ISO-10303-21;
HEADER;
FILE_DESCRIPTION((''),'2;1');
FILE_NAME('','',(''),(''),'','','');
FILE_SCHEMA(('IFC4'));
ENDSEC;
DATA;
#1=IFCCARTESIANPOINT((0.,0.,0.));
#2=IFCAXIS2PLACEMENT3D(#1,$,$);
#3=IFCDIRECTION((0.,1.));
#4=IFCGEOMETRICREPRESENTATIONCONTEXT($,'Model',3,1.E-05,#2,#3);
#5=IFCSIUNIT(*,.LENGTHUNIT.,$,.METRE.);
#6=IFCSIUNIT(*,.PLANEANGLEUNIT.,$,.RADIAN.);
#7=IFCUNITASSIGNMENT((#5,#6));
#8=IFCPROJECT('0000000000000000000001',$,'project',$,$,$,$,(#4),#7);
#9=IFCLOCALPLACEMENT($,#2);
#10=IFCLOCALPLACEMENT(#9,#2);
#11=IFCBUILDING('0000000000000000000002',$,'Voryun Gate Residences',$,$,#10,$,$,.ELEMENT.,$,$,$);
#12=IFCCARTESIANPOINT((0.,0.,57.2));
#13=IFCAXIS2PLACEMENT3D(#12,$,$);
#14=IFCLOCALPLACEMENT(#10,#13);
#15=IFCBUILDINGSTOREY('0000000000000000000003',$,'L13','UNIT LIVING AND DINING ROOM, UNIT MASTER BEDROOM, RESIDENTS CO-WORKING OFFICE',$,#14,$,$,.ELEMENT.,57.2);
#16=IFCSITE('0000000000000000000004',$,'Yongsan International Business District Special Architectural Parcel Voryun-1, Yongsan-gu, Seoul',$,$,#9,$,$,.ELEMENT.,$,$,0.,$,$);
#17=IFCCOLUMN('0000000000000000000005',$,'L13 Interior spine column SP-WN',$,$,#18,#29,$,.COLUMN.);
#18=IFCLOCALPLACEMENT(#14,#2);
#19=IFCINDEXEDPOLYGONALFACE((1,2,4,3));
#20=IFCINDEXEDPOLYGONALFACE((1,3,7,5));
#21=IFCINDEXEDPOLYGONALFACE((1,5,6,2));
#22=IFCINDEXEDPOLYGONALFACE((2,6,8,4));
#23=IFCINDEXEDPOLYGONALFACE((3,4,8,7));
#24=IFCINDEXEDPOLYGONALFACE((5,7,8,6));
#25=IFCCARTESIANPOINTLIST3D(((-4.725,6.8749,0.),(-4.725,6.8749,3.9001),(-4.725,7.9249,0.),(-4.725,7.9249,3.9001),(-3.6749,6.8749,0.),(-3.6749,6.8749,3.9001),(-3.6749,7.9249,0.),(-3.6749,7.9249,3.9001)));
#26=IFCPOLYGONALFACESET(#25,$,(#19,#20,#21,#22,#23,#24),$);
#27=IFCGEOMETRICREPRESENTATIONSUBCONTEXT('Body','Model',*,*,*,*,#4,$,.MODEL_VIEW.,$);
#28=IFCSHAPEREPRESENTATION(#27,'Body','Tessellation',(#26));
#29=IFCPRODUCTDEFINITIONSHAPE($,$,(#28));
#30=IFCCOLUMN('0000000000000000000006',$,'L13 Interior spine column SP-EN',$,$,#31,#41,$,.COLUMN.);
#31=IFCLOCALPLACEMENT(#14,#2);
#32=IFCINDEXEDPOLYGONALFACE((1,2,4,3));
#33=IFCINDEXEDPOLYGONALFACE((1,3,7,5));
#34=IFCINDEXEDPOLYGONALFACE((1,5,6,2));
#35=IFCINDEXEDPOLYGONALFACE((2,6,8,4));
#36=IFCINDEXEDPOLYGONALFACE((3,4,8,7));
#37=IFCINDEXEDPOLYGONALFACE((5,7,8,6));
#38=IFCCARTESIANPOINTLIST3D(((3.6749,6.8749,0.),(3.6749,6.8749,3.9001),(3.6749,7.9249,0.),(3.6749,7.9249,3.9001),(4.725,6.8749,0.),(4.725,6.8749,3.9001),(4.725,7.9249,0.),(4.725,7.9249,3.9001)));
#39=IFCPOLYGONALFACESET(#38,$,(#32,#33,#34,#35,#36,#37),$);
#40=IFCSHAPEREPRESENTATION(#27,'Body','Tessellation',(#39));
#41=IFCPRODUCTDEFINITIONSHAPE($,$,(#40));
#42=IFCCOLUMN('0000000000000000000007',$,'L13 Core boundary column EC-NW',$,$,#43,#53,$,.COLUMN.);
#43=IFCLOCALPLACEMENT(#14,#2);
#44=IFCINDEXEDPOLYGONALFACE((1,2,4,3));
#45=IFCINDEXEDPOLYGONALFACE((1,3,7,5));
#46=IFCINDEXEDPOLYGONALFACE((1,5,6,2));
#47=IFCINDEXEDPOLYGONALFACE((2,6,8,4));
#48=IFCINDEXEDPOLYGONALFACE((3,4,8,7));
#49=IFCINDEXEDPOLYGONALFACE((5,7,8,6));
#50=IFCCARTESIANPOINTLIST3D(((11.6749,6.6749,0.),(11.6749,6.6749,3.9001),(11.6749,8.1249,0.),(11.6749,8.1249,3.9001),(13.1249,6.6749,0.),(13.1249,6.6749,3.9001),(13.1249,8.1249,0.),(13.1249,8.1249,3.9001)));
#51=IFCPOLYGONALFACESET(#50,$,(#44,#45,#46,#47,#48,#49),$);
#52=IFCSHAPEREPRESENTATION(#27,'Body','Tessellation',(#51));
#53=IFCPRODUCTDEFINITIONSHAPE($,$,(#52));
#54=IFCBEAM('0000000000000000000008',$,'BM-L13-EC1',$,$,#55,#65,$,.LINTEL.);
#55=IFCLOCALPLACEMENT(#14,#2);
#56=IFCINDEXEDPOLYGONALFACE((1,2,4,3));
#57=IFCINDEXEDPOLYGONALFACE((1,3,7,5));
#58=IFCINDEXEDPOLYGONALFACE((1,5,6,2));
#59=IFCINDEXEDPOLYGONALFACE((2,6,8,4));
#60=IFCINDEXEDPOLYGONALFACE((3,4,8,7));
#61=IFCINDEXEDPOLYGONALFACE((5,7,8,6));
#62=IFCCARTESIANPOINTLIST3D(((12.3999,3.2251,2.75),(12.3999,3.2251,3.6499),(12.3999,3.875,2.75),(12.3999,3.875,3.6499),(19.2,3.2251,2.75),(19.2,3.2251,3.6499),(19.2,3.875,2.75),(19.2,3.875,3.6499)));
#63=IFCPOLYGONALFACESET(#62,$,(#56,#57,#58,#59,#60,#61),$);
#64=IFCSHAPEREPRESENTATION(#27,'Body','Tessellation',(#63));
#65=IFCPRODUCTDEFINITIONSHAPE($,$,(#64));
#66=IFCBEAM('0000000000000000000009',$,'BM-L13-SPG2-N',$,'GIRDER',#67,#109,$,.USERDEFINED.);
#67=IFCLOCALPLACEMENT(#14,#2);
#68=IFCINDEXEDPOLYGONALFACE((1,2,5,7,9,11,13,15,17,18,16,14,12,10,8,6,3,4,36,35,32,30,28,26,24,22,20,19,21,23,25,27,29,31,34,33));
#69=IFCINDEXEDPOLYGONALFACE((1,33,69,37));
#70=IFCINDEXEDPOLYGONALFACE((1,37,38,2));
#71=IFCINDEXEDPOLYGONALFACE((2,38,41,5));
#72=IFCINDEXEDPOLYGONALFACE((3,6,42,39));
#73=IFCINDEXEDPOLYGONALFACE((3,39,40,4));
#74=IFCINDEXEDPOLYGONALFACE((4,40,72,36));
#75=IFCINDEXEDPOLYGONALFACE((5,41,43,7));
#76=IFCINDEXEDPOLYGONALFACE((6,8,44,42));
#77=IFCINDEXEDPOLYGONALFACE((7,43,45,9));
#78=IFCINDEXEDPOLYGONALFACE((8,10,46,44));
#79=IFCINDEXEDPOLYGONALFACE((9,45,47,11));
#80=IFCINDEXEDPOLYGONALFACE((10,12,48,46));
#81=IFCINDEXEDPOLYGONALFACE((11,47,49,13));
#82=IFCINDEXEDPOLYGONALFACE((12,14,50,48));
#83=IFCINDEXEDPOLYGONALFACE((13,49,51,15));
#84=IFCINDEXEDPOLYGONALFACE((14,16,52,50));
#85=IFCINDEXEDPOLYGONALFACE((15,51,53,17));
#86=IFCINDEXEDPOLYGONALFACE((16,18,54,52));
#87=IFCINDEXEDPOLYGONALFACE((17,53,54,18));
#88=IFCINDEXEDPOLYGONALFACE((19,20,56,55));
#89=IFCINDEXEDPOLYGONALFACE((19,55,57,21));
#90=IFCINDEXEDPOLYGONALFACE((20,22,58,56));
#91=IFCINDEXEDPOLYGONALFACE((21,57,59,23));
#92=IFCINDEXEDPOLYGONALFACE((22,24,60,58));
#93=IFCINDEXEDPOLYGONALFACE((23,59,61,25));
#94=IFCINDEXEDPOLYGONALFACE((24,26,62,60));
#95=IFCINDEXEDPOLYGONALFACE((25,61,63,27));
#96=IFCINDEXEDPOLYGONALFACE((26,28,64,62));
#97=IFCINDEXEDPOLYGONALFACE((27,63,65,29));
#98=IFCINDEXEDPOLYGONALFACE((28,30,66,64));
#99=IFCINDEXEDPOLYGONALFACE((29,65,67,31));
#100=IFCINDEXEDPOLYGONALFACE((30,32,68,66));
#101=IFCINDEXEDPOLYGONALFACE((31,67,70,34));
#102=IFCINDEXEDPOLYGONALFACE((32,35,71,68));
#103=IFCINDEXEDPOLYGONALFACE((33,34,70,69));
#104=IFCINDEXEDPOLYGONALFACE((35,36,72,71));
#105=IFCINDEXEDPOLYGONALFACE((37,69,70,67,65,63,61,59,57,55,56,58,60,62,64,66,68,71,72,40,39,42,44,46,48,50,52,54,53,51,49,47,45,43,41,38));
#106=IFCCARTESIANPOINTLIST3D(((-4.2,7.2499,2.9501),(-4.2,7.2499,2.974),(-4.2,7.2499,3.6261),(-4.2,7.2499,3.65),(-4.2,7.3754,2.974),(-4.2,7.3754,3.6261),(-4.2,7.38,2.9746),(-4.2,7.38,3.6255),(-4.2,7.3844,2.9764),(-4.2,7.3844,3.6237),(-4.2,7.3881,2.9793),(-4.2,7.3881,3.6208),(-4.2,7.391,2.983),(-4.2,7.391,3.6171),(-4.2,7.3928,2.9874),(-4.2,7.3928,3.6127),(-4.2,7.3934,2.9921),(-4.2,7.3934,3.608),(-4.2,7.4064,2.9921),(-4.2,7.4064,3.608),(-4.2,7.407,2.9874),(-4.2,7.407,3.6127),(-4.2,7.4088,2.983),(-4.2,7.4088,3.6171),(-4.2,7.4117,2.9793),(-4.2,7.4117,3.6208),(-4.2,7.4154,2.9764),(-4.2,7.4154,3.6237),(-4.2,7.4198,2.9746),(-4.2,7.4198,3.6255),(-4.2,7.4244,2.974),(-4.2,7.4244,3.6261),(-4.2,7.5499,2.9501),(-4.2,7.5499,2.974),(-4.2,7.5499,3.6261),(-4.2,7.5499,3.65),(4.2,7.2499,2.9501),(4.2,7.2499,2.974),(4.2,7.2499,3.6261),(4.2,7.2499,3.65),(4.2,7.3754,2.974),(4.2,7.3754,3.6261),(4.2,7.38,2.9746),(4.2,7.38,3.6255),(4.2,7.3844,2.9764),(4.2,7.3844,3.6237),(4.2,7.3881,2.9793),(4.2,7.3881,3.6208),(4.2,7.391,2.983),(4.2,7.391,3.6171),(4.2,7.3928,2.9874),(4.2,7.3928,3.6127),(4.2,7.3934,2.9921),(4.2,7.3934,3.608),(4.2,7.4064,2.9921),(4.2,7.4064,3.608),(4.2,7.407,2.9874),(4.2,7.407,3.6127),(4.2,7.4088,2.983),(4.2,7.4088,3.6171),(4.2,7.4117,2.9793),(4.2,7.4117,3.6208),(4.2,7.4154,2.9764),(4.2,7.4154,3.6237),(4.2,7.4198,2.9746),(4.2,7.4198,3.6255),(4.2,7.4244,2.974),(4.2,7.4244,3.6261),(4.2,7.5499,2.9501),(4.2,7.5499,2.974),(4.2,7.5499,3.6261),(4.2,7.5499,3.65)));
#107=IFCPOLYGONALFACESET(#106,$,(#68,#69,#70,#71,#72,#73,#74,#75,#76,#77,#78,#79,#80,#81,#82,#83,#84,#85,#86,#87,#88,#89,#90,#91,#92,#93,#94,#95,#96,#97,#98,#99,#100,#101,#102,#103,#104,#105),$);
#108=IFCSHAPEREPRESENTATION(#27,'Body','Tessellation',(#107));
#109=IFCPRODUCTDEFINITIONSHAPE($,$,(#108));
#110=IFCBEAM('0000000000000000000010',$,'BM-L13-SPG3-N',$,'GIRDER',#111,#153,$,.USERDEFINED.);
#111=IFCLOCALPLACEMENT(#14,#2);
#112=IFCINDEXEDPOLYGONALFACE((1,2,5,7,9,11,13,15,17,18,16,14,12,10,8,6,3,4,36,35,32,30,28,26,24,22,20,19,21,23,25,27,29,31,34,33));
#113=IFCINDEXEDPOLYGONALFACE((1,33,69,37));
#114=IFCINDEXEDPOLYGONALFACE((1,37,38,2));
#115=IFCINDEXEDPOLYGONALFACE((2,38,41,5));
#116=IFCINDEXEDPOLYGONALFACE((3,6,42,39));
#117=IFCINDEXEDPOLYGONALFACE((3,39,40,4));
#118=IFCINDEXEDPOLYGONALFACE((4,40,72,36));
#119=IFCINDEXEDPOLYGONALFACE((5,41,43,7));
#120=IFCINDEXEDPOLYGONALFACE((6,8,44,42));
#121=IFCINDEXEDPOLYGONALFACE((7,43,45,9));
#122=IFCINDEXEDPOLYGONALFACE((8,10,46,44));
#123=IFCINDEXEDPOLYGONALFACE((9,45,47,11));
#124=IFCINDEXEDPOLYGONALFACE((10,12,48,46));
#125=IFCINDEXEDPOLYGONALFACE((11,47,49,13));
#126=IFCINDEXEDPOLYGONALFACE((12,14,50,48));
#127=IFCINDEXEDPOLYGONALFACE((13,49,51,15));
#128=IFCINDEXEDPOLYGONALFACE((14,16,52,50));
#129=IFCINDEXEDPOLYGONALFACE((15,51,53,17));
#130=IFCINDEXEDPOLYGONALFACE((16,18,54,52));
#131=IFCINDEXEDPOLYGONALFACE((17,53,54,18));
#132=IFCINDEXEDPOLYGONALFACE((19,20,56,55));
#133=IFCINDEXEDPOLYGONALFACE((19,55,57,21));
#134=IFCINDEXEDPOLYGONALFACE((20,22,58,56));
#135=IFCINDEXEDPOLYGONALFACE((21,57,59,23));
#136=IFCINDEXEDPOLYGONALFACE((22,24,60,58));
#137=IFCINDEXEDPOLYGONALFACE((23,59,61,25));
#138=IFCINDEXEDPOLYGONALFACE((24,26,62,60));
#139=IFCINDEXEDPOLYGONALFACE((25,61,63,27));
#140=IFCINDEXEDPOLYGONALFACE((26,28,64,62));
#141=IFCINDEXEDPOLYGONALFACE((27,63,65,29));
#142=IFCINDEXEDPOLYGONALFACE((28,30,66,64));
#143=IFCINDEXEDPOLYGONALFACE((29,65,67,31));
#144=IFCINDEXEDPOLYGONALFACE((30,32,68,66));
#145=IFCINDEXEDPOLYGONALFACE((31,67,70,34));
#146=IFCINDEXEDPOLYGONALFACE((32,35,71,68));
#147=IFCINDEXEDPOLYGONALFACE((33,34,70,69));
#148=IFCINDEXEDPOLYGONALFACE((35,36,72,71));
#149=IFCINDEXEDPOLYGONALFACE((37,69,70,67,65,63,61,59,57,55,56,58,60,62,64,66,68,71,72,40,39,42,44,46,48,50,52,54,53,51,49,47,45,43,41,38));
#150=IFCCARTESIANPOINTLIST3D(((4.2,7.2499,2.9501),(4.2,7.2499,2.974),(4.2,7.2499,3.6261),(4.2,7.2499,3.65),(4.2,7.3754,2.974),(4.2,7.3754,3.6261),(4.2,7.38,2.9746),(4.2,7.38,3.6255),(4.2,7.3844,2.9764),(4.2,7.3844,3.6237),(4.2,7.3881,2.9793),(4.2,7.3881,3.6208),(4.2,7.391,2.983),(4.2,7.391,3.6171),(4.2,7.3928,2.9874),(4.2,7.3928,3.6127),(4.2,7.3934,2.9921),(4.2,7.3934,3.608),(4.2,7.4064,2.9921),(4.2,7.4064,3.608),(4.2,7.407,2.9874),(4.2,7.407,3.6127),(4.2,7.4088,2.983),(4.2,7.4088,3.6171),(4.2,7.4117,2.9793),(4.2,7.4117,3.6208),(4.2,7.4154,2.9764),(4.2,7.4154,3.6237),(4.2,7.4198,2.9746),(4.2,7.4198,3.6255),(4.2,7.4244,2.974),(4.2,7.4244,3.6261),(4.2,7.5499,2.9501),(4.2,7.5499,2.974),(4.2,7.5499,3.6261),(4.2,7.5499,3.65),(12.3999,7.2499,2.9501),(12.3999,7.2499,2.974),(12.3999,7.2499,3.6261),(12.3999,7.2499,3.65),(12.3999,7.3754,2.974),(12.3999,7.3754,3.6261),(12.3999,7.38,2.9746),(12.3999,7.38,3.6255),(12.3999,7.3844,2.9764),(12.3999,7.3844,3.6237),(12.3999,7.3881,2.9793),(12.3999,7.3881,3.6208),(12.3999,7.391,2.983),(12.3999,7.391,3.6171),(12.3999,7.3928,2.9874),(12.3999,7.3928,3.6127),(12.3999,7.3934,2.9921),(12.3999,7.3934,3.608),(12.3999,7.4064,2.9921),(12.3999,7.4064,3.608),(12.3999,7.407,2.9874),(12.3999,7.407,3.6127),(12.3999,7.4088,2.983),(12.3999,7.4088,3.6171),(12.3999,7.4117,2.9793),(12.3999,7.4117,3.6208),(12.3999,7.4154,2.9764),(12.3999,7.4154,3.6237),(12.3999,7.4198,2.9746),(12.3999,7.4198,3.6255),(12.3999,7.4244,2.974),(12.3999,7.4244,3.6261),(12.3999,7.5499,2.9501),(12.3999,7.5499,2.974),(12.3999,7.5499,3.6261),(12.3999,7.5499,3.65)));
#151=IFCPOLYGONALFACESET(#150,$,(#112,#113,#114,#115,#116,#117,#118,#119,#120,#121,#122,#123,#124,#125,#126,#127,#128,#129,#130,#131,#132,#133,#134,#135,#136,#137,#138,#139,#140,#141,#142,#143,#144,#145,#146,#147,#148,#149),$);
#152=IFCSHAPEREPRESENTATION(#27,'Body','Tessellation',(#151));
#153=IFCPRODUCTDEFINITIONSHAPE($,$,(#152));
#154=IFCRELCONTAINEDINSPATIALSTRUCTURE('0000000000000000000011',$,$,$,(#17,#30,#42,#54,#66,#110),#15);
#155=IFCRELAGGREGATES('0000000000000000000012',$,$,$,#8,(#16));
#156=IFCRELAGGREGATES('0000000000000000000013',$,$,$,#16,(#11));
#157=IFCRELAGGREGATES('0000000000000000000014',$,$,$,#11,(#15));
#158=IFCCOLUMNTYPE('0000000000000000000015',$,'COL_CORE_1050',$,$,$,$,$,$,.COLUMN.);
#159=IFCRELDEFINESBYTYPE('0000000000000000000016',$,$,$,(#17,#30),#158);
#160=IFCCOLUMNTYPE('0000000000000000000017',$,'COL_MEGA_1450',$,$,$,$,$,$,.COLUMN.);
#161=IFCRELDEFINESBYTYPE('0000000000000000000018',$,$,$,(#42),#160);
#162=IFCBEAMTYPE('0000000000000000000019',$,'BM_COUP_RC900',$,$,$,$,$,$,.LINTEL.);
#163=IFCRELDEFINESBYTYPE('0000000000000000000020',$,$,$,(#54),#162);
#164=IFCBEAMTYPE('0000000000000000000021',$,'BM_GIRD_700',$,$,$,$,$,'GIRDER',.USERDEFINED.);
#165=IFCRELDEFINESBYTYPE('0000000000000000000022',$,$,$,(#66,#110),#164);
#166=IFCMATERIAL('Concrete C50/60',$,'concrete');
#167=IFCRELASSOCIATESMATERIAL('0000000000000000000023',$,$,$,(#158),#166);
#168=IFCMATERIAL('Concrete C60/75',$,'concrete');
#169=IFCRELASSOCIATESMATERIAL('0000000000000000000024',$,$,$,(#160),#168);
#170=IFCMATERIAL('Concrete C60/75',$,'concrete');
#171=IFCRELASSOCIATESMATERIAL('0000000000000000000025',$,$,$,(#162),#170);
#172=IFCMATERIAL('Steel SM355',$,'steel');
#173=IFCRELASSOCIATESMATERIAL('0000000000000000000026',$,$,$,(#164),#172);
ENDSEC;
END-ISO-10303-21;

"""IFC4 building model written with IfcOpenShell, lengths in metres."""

from ifc_helpers import new_model, si_unit, direction, frame, origin, origin_2d, place, context, subcontext, project, spatial, rectangle, i_section, extrude, material, material_profile, profile_set, type_object, element, save


model = new_model("IFC4")

# Units and contexts
model_context = context("Model", 3, precision=1e-05, world=origin(), true_north=direction((0.0, 1.0)))
body_context = subcontext(model_context, "Body", "Model", "MODEL_VIEW")
ifc_project = project(units=[si_unit("LENGTHUNIT", "METRE"), si_unit("PLANEANGLEUNIT", "RADIAN")], contexts=[model_context])

# Site, building, storey
site_placement = place(None, origin())
site = spatial("IfcSite", under=ifc_project, at=site_placement, Name="Yongsan International Business District Special Architectural Parcel Voryun-1, Yongsan-gu, Seoul", CompositionType="ELEMENT", RefElevation=0.0)
building_placement = place(site_placement, origin())
building = spatial("IfcBuilding", under=site, at=building_placement, Name="Voryun Gate Residences", CompositionType="ELEMENT")
storey_placement = place(building_placement, frame((0.0, 0.0, 57.2)))
storey = spatial("IfcBuildingStorey", under=building, at=storey_placement, Name="L13", Description="UNIT LIVING AND DINING ROOM, UNIT MASTER BEDROOM, RESIDENTS CO-WORKING OFFICE", CompositionType="ELEMENT", Elevation=57.2)

# Columns
ifc_material_1 = material(Name="Concrete C50/60", Category="concrete")
ifc_material_profile_1 = material_profile(ifc_material_1, rectangle(XDim=1.05, YDim=1.05, at=origin_2d()), Name="RC-1050x1050")
ifc_profile_set_1 = profile_set([ifc_material_profile_1], Name="Concrete C50/60")
column_type_1 = type_object("IfcColumnType", Name="COL_CORE_1050", PredefinedType="COLUMN", material=ifc_profile_set_1)
for number, where, z_axis, x_axis, name in (
    (1, (-4.2, 7.3999, 0.0), (0.0, 0.0, 1.0), (1.0, 0.0, 0.0), "L13 Interior spine column SP-WN"),
    (2, (4.2, 7.3999, 0.0), (0.0, 0.0, 1.0), (1.0, 0.0, 0.0), "L13 Interior spine column SP-EN"),
):
    element("IfcColumn", number, at=place(storey_placement, frame(where, z_axis=z_axis, x_axis=x_axis)), inside=storey, type_object=column_type_1, Name=name, PredefinedType="COLUMN", context=body_context, shape_type="SweptSolid", body=[
        extrude(rectangle(XDim=1.05, YDim=1.05, at=origin_2d()), origin(), (0.0, 0.0, 1.0), 3.9001),
    ])
ifc_material_2 = material(Name="Concrete C60/75", Category="concrete")
ifc_material_profile_2 = material_profile(ifc_material_2, rectangle(XDim=1.45, YDim=1.45, at=origin_2d()), Name="RC-1450x1450")
ifc_profile_set_2 = profile_set([ifc_material_profile_2], Name="Concrete C60/75")
column_type_2 = type_object("IfcColumnType", Name="COL_MEGA_1450", PredefinedType="COLUMN", material=ifc_profile_set_2)
column_placement = place(storey_placement, frame((12.3999, 7.3999, 0.0), z_axis=(0.0, 0.0, 1.0), x_axis=(1.0, 0.0, 0.0)))
element("IfcColumn", 3, at=column_placement, inside=storey, type_object=column_type_2, Name="L13 Core boundary column EC-NW", PredefinedType="COLUMN", context=body_context, shape_type="SweptSolid", body=[
    extrude(rectangle(XDim=1.45, YDim=1.45, at=origin_2d()), origin(), (0.0, 0.0, 1.0), 3.9001),
])

# Beams
ifc_material_3 = material(Name="Concrete C60/75", Category="concrete")
ifc_material_profile_3 = material_profile(ifc_material_3, rectangle(XDim=0.6499, YDim=0.8999, at=origin_2d()), Name="RC-650x900")
ifc_profile_set_3 = profile_set([ifc_material_profile_3], Name="Concrete C60/75")
beam_type_1 = type_object("IfcBeamType", Name="BM_COUP_RC900", PredefinedType="LINTEL", material=ifc_profile_set_3)
beam_1_placement = place(storey_placement, frame((12.3999, 3.55, 3.2), z_axis=(1.0, 0.0, 0.0), x_axis=(0.0, 1.0, 0.0)))
element("IfcBeam", 4, at=beam_1_placement, inside=storey, type_object=beam_type_1, Name="BM-L13-EC1", PredefinedType="LINTEL", context=body_context, shape_type="SweptSolid", body=[
    extrude(rectangle(XDim=0.6499, YDim=0.8999, at=origin_2d()), origin(), (0.0, 0.0, 1.0), 6.8),
])
ifc_material_4 = material(Name="Steel SM355", Category="steel")
ifc_material_profile_4 = material_profile(ifc_material_4, i_section(OverallWidth=0.3, OverallDepth=0.7, WebThickness=0.0129, FlangeThickness=0.0239, FilletRadius=0.0181, at=origin_2d()), Name="H-700x300x13x24")
ifc_profile_set_4 = profile_set([ifc_material_profile_4], Name="Steel SM355")
beam_type_2 = type_object("IfcBeamType", Name="BM_GIRD_700", ElementType="GIRDER", PredefinedType="USERDEFINED", material=ifc_profile_set_4)
beam_2_placement = place(storey_placement, frame((-4.2, 7.3999, 3.3), z_axis=(1.0, 0.0, 0.0), x_axis=(0.0, 1.0, 0.0)))
element("IfcBeam", 5, at=beam_2_placement, inside=storey, type_object=beam_type_2, Name="BM-L13-SPG2-N", ObjectType="GIRDER", PredefinedType="USERDEFINED", context=body_context, shape_type="SweptSolid", body=[
    extrude(i_section(OverallWidth=0.3, OverallDepth=0.7, WebThickness=0.0129, FlangeThickness=0.0239, FilletRadius=0.0181, at=origin_2d()), origin(), (0.0, 0.0, 1.0), 8.3999),
])
beam_3_placement = place(storey_placement, frame((4.2, 7.3999, 3.3), z_axis=(1.0, 0.0, 0.0), x_axis=(0.0, 1.0, 0.0)))
element("IfcBeam", 6, at=beam_3_placement, inside=storey, type_object=beam_type_2, Name="BM-L13-SPG3-N", ObjectType="GIRDER", PredefinedType="USERDEFINED", context=body_context, shape_type="SweptSolid", body=[
    extrude(i_section(OverallWidth=0.3, OverallDepth=0.7, WebThickness=0.0129, FlangeThickness=0.0239, FilletRadius=0.0181, at=origin_2d()), origin(), (0.0, 0.0, 1.0), 8.2),
])

save(model, "model.ifc")
